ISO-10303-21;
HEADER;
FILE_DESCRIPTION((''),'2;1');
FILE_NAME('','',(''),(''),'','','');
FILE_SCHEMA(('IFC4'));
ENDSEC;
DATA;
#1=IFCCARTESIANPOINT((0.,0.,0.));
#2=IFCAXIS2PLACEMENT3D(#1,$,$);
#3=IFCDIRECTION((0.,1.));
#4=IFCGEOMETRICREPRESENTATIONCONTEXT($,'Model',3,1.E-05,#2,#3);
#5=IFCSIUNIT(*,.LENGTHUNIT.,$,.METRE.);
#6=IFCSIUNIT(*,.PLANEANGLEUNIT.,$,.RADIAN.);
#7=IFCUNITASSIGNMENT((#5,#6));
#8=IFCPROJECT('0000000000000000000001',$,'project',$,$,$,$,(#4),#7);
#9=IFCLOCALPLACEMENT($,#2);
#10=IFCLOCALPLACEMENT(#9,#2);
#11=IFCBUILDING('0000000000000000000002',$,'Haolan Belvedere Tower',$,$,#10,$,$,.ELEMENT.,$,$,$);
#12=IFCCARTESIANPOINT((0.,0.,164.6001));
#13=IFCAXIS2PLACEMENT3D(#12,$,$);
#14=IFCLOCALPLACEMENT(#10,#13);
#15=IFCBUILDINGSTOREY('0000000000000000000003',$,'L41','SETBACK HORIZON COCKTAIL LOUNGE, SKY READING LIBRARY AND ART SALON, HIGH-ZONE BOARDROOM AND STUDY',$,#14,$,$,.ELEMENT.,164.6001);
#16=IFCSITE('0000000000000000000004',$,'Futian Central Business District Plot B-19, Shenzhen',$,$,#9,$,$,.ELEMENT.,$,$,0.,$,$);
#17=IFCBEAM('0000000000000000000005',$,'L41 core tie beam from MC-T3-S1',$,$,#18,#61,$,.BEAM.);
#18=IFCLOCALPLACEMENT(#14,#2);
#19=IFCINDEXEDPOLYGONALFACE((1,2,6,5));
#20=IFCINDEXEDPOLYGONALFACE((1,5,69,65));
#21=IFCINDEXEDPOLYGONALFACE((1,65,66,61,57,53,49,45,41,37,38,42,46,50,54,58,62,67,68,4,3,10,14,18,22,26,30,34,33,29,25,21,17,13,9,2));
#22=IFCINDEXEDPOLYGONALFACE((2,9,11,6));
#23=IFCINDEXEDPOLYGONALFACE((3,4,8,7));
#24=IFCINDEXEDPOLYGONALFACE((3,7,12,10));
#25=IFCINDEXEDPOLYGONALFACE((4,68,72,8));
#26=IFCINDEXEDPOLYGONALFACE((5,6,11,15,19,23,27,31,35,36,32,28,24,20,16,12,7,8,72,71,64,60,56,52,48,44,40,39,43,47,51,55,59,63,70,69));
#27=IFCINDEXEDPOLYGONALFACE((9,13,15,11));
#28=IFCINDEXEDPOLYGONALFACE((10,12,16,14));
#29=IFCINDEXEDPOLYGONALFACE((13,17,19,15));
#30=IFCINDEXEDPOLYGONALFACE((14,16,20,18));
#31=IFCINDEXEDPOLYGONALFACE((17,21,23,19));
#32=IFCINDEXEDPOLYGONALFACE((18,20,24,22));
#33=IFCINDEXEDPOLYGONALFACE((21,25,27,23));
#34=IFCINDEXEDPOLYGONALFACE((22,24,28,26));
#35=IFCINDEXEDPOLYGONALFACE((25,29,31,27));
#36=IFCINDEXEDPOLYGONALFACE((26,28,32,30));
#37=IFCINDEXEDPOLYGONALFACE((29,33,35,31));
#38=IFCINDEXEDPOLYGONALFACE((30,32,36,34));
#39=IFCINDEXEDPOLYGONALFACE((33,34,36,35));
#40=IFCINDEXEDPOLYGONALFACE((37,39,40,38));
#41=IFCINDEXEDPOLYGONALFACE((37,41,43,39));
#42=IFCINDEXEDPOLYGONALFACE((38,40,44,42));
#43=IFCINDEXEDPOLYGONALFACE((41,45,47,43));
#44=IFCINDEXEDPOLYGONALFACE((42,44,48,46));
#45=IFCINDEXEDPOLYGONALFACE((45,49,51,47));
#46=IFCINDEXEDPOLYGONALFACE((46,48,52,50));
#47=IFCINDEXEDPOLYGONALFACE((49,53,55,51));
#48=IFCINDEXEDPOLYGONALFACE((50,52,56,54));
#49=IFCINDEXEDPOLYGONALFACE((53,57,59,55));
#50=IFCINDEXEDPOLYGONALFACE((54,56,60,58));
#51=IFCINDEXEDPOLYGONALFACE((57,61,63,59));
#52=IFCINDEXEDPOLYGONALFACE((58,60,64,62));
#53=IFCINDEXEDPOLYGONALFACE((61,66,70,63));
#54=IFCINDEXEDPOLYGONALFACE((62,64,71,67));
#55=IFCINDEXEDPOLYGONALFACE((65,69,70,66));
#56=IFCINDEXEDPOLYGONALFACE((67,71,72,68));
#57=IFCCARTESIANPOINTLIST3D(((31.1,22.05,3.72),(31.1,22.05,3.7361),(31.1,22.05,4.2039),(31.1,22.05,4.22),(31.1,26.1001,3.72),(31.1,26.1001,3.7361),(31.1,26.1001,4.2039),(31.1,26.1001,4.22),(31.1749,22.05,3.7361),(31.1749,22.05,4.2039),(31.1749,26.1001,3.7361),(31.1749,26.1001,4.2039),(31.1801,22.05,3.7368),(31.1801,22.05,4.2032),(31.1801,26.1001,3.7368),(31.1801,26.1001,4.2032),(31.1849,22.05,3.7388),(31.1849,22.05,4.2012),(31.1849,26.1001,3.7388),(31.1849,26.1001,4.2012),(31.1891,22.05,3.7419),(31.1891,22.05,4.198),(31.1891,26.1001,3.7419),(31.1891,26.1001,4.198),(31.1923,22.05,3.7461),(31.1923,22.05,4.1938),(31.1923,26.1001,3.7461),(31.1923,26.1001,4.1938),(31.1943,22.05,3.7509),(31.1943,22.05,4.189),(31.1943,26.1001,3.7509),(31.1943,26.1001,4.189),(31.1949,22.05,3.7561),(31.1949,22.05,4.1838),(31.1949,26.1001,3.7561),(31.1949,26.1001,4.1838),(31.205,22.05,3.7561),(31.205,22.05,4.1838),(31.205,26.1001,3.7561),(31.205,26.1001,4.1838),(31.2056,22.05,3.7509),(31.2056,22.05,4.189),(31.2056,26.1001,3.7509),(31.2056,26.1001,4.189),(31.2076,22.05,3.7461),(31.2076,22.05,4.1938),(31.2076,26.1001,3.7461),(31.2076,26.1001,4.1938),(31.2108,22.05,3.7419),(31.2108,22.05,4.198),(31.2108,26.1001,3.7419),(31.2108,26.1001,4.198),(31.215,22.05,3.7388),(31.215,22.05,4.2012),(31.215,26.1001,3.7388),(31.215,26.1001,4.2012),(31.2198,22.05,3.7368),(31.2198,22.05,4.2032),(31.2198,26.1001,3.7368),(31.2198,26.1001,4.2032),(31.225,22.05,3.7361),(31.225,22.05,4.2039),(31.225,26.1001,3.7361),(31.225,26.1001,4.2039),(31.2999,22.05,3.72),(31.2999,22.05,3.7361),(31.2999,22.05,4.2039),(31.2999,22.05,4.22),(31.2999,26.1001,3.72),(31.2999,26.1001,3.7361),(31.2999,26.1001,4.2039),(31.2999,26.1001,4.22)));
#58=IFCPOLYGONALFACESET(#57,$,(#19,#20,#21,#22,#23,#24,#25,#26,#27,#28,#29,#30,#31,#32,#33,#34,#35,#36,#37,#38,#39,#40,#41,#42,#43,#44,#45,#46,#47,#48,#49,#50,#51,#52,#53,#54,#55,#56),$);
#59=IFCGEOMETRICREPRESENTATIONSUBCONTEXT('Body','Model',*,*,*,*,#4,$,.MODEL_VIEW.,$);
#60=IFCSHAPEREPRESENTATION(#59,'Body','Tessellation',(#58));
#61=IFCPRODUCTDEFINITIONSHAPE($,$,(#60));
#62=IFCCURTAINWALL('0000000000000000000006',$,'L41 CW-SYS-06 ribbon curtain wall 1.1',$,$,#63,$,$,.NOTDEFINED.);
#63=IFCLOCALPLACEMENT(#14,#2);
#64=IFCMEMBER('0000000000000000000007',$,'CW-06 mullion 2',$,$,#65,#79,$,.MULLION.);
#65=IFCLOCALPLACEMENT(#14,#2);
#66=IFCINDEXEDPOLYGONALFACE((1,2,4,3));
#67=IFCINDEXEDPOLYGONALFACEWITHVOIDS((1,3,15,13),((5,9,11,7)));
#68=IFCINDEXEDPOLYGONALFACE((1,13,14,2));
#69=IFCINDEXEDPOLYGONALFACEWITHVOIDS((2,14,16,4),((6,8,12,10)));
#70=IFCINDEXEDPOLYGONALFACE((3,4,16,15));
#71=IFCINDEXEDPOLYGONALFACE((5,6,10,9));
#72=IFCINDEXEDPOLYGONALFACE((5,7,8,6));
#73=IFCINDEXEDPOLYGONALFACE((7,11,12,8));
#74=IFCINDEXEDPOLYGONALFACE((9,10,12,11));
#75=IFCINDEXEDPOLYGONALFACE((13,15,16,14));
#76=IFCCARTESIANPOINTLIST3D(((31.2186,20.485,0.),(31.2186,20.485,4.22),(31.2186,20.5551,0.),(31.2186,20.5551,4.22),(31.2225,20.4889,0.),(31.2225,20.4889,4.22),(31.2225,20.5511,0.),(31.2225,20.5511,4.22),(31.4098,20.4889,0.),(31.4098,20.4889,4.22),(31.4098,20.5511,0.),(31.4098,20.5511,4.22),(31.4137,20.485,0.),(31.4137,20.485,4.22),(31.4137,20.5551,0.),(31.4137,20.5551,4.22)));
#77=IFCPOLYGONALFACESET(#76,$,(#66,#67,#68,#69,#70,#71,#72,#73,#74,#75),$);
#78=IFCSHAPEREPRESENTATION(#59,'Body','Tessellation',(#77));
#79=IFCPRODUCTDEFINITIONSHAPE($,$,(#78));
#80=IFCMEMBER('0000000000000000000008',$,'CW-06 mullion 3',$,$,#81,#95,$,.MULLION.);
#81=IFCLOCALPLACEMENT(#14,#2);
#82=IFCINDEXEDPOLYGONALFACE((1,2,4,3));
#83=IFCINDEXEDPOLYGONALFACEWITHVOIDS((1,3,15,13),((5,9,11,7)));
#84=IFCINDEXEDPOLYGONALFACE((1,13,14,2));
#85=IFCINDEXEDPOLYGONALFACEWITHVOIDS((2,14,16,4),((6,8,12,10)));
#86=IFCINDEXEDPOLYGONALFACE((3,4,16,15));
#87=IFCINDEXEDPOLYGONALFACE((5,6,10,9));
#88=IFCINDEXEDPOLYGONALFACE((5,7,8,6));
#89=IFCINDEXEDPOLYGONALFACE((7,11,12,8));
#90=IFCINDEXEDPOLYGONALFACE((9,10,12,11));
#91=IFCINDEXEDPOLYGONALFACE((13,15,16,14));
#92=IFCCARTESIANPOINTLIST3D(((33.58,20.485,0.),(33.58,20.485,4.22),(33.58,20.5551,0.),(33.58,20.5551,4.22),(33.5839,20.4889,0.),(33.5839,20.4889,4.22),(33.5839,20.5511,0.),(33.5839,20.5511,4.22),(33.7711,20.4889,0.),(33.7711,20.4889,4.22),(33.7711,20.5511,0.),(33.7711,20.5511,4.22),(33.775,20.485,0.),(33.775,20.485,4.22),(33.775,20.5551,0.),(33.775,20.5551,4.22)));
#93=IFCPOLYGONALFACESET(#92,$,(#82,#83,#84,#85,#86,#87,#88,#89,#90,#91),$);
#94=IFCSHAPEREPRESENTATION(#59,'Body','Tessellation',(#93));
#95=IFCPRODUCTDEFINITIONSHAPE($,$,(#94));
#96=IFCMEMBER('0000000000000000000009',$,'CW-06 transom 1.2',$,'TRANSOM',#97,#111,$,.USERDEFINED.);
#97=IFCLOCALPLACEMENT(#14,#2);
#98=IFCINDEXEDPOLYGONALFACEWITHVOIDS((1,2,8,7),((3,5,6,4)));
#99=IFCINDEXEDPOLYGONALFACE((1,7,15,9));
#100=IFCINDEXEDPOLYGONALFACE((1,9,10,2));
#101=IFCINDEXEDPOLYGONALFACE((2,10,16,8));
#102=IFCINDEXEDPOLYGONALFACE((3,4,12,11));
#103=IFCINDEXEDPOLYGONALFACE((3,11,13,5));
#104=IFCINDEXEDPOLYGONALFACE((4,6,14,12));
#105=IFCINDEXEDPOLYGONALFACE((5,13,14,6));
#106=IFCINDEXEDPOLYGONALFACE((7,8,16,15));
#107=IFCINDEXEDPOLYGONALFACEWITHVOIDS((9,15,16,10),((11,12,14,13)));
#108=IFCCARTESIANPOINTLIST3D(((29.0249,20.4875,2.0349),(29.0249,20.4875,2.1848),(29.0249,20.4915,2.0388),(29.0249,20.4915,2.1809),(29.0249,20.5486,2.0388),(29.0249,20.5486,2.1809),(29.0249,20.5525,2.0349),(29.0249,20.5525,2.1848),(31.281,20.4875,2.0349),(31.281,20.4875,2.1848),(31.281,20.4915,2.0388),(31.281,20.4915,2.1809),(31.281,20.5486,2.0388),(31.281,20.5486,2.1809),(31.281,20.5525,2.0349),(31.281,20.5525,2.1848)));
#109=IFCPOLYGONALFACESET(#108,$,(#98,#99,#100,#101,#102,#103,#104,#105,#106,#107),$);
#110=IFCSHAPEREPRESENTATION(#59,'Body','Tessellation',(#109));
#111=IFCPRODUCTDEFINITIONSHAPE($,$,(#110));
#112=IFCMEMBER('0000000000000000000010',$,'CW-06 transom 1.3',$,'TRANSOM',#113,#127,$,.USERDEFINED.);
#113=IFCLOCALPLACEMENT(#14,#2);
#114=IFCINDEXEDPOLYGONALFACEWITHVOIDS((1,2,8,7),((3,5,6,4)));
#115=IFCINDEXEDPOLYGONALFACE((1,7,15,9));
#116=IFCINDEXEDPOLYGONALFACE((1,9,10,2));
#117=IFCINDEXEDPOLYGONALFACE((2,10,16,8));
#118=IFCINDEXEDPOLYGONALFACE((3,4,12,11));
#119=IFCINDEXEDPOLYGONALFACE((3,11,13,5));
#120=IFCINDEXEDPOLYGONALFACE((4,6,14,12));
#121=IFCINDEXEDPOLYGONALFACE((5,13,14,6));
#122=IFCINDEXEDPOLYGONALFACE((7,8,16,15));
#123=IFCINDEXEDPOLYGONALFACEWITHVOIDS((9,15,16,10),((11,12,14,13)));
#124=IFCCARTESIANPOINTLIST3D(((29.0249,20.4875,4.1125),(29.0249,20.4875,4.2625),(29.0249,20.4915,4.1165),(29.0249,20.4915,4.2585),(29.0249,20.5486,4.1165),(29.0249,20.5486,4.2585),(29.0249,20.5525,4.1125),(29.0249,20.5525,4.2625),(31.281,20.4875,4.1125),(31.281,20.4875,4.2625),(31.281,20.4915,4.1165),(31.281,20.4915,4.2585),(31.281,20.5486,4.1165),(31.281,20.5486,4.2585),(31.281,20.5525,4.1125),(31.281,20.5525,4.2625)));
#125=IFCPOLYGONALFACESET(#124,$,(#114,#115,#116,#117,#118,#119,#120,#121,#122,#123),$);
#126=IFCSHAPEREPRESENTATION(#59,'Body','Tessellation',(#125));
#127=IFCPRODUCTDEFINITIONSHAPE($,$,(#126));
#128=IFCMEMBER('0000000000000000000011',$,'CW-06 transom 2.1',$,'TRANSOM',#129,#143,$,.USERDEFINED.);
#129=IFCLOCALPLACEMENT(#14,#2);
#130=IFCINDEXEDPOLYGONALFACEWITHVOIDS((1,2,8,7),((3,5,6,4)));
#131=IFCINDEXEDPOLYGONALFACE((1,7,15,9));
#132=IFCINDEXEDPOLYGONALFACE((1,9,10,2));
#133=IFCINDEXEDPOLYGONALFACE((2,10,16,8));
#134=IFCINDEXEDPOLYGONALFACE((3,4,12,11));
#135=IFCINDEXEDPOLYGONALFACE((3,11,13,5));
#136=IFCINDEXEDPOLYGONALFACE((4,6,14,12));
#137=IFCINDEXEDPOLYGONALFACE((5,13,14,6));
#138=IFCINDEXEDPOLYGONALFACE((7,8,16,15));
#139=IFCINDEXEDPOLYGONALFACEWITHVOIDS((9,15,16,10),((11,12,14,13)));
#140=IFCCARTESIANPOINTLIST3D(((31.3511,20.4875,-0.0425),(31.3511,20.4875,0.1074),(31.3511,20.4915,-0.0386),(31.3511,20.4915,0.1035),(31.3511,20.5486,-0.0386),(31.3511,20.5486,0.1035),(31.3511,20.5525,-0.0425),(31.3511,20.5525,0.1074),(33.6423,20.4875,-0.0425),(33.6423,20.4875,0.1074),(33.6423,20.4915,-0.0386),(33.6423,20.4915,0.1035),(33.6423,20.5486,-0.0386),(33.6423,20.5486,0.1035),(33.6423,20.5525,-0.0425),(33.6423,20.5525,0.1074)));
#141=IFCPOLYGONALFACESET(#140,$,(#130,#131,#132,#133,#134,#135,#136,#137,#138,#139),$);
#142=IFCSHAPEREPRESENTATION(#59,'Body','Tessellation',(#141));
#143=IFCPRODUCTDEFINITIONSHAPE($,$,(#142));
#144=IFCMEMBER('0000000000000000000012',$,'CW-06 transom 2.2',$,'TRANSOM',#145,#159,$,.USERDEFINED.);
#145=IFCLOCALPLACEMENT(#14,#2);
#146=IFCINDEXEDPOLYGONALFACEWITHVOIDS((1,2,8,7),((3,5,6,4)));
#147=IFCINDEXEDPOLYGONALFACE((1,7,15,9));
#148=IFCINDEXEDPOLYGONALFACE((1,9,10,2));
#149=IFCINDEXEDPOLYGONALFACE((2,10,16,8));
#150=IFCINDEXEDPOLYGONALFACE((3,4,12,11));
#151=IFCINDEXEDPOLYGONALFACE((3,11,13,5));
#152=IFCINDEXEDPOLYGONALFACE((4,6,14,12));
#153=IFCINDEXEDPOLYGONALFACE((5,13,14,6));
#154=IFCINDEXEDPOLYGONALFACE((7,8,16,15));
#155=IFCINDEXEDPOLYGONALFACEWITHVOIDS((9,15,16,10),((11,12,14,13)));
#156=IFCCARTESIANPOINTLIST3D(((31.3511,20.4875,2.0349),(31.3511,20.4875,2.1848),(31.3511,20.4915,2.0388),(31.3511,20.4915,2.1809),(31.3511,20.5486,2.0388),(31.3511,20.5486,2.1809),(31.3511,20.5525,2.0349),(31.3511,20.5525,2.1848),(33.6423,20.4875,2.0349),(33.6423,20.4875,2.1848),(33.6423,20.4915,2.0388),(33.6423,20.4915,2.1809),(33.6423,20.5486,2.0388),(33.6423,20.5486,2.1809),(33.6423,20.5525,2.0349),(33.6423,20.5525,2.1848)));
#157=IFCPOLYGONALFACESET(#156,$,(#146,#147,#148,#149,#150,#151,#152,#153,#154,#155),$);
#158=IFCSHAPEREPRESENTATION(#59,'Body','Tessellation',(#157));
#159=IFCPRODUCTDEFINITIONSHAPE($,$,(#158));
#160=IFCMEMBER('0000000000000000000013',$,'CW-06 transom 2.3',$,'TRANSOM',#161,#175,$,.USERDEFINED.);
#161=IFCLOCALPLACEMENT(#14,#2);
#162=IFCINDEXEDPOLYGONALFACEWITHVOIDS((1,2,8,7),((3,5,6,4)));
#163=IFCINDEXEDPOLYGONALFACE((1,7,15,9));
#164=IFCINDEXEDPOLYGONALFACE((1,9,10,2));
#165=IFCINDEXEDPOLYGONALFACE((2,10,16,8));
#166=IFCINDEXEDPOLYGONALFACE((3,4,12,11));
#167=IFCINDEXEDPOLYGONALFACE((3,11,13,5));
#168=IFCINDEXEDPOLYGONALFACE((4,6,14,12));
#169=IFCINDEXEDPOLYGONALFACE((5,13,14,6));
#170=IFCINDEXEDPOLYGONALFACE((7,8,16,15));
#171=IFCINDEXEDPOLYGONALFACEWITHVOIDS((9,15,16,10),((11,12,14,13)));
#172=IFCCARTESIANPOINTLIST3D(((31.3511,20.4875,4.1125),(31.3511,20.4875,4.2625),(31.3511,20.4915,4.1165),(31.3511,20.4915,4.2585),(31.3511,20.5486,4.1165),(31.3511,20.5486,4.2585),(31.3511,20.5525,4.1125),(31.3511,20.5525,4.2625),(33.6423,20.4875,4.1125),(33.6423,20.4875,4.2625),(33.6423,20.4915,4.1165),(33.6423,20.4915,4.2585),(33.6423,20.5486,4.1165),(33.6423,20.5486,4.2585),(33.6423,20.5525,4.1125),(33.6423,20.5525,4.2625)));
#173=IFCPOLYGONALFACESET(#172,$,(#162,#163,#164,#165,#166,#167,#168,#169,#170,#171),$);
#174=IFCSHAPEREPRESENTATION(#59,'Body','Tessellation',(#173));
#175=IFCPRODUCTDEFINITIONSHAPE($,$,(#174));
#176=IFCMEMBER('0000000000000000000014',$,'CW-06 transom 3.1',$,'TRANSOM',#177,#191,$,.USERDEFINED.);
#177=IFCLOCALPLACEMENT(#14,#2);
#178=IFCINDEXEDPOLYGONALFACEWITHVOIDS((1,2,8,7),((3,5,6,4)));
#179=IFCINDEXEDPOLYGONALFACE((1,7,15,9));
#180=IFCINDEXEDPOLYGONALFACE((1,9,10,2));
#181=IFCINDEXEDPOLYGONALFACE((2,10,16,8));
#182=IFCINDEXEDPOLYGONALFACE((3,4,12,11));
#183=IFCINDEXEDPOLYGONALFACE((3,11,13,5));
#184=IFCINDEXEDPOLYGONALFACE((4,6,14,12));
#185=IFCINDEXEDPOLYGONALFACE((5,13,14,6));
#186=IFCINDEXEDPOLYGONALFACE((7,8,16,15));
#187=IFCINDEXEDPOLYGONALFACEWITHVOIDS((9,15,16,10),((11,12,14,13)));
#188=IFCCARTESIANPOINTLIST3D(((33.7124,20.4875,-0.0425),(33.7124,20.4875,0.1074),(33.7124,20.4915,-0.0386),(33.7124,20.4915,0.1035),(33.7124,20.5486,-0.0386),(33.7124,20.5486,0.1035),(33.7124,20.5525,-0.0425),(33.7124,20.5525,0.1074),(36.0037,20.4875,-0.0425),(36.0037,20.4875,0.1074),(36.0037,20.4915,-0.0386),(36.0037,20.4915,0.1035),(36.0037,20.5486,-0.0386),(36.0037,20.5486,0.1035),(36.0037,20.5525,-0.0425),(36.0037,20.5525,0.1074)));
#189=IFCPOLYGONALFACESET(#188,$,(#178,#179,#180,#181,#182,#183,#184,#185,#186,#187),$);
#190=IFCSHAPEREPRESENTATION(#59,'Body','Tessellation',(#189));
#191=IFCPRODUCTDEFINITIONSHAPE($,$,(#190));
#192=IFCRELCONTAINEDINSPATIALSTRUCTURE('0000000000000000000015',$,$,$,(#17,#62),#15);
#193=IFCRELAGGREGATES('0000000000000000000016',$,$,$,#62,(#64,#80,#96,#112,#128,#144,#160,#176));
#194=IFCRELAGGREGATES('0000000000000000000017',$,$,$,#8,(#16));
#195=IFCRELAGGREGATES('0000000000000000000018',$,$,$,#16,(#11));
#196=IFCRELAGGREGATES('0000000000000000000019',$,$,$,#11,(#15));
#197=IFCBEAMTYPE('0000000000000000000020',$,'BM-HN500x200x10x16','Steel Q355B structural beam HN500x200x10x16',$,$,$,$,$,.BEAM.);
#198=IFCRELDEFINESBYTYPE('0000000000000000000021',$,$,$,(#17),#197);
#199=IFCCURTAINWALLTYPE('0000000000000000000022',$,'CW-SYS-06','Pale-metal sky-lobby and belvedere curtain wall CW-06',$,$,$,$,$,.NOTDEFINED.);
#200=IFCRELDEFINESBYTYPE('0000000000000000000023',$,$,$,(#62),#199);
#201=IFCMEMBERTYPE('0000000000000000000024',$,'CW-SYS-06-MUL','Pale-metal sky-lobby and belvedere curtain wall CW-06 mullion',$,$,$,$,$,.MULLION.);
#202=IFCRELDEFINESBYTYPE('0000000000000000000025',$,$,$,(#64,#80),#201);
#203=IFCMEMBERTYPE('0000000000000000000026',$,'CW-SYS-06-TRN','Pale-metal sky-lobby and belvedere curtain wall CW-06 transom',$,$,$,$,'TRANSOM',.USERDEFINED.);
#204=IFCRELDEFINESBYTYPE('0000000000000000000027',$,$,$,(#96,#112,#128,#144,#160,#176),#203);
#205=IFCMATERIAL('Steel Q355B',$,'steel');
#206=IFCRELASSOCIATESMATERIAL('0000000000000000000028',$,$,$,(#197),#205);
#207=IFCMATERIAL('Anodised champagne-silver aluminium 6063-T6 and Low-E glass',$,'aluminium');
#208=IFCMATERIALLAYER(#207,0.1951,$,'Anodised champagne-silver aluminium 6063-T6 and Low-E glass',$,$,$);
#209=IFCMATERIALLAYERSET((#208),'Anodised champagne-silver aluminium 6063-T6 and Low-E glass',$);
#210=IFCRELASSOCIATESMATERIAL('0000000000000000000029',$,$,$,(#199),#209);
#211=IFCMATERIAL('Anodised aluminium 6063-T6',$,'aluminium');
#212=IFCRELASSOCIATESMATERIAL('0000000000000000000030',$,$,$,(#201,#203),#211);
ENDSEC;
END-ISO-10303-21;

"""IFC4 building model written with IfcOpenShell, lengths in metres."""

from ifc_helpers import new_model, si_unit, direction, frame, origin, origin_2d, place, context, subcontext, project, spatial, hollow_rectangle, i_section, extrude, material, layer, layer_set, material_profile, profile_set, type_object, element, aggregate, save


model = new_model("IFC4")

# Units and contexts
model_context = context("Model", 3, precision=1e-05, world=origin(), true_north=direction((0.0, 1.0)))
body_context = subcontext(model_context, "Body", "Model", "MODEL_VIEW")
ifc_project = project(units=[si_unit("LENGTHUNIT", "METRE"), si_unit("PLANEANGLEUNIT", "RADIAN")], contexts=[model_context])

# Site, building, storey
site_placement = place(None, origin())
site = spatial("IfcSite", under=ifc_project, at=site_placement, Name="Futian Central Business District Plot B-19, Shenzhen", CompositionType="ELEMENT", RefElevation=0.0)
building_placement = place(site_placement, origin())
building = spatial("IfcBuilding", under=site, at=building_placement, Name="Haolan Belvedere Tower", CompositionType="ELEMENT")
storey_placement = place(building_placement, frame((0.0, 0.0, 164.6001)))
storey = spatial("IfcBuildingStorey", under=building, at=storey_placement, Name="L41", Description="SETBACK HORIZON COCKTAIL LOUNGE, SKY READING LIBRARY AND ART SALON, HIGH-ZONE BOARDROOM AND STUDY", CompositionType="ELEMENT", Elevation=164.6001)

# Beam
ifc_material_1 = material(Name="Steel Q355B", Category="steel")
ifc_material_profile_1 = material_profile(ifc_material_1, i_section(OverallWidth=0.2, OverallDepth=0.5, WebThickness=0.01, FlangeThickness=0.0161, FilletRadius=0.02, at=origin_2d()), Name="Steel Q355B")
ifc_profile_set_1 = profile_set([ifc_material_profile_1], Name="Steel Q355B")
beam_type_1 = type_object("IfcBeamType", Name="BM-HN500x200x10x16", Description="Steel Q355B structural beam HN500x200x10x16", PredefinedType="BEAM", material=ifc_profile_set_1)
beam_1_placement = place(storey_placement, frame((31.2, 22.05, 3.97), z_axis=(0.0, 1.0, 0.0), x_axis=(-1.0, 0.0, 0.0)))
element("IfcBeam", 1, at=beam_1_placement, inside=storey, type_object=beam_type_1, Name="L41 core tie beam from MC-T3-S1", PredefinedType="BEAM", context=body_context, shape_type="SweptSolid", body=[
    extrude(i_section(OverallWidth=0.2, OverallDepth=0.5, WebThickness=0.01, FlangeThickness=0.0161, FilletRadius=0.02, at=origin_2d()), origin(), (0.0, 0.0, 1.0), 4.05),
])

# Curtain wall, members
ifc_material_2 = material(Name="Anodised champagne-silver aluminium 6063-T6 and Low-E glass", Category="aluminium")
ifc_layer_1 = layer(ifc_material_2, 0.1951, Name="Anodised champagne-silver aluminium 6063-T6 and Low-E glass")
ifc_layer_set_1 = layer_set([ifc_layer_1], Name="Anodised champagne-silver aluminium 6063-T6 and Low-E glass")
curtain_wall_type = type_object("IfcCurtainWallType", Name="CW-SYS-06", Description="Pale-metal sky-lobby and belvedere curtain wall CW-06", PredefinedType="NOTDEFINED", material=ifc_layer_set_1)
curtain_wall_placement = place(storey_placement, origin())
curtain_wall = element("IfcCurtainWall", 2, at=curtain_wall_placement, inside=storey, type_object=curtain_wall_type, Name="L41 CW-SYS-06 ribbon curtain wall 1.1", PredefinedType="NOTDEFINED")
ifc_material_3 = material(Name="Anodised aluminium 6063-T6", Category="aluminium")
ifc_material_profile_2 = material_profile(ifc_material_3, hollow_rectangle(XDim=0.0701, YDim=0.1951, WallThickness=0.0039, at=origin_2d()), Name="Anodised aluminium 6063-T6")
ifc_profile_set_2 = profile_set([ifc_material_profile_2], Name="Anodised aluminium 6063-T6")
member_type_1 = type_object("IfcMemberType", Name="CW-SYS-06-MUL", Description="Pale-metal sky-lobby and belvedere curtain wall CW-06 mullion", PredefinedType="MULLION", material=ifc_profile_set_2)
member_1_placement = place(storey_placement, frame((31.3162, 20.52, 0.0), z_axis=(0.0, 0.0, 1.0), x_axis=(0.0, 1.0, 0.0)))
member_1 = element("IfcMember", 3, at=member_1_placement, type_object=member_type_1, Name="CW-06 mullion 2", PredefinedType="MULLION", context=body_context, shape_type="SweptSolid", body=[
    extrude(hollow_rectangle(XDim=0.0701, YDim=0.1951, WallThickness=0.0039, at=origin_2d()), origin(), (0.0, 0.0, 1.0), 4.22),
])
member_2_placement = place(storey_placement, frame((33.6775, 20.52, 0.0), z_axis=(0.0, 0.0, 1.0), x_axis=(0.0, 1.0, 0.0)))
member_2 = element("IfcMember", 4, at=member_2_placement, type_object=member_type_1, Name="CW-06 mullion 3", PredefinedType="MULLION", context=body_context, shape_type="SweptSolid", body=[
    extrude(hollow_rectangle(XDim=0.0701, YDim=0.1951, WallThickness=0.0039, at=origin_2d()), origin(), (0.0, 0.0, 1.0), 4.22),
])
ifc_material_profile_3 = material_profile(ifc_material_3, hollow_rectangle(XDim=0.0649, YDim=0.1499, WallThickness=0.0039, at=origin_2d()), Name="Anodised aluminium 6063-T6")
ifc_profile_set_3 = profile_set([ifc_material_profile_3], Name="Anodised aluminium 6063-T6")
member_type_2 = type_object("IfcMemberType", Name="CW-SYS-06-TRN", Description="Pale-metal sky-lobby and belvedere curtain wall CW-06 transom", ElementType="TRANSOM", PredefinedType="USERDEFINED", material=ifc_profile_set_3)
member_3_placement = place(storey_placement, frame((29.0249, 20.52, 2.1099), z_axis=(1.0, 0.0, 0.0), x_axis=(0.0, 1.0, 0.0)))
member_3 = element("IfcMember", 5, at=member_3_placement, type_object=member_type_2, Name="CW-06 transom 1.2", ObjectType="TRANSOM", PredefinedType="USERDEFINED", context=body_context, shape_type="SweptSolid", body=[
    extrude(hollow_rectangle(XDim=0.0649, YDim=0.1499, WallThickness=0.0039, at=origin_2d()), origin(), (0.0, 0.0, 1.0), 2.2561),
])
member_4_placement = place(storey_placement, frame((29.0249, 20.52, 4.1875), z_axis=(1.0, 0.0, 0.0), x_axis=(0.0, 1.0, 0.0)))
member_4 = element("IfcMember", 6, at=member_4_placement, type_object=member_type_2, Name="CW-06 transom 1.3", ObjectType="TRANSOM", PredefinedType="USERDEFINED", context=body_context, shape_type="SweptSolid", body=[
    extrude(hollow_rectangle(XDim=0.0649, YDim=0.1499, WallThickness=0.0039, at=origin_2d()), origin(), (0.0, 0.0, 1.0), 2.2561),
])
member_5_placement = place(storey_placement, frame((31.3511, 20.52, 0.0325), z_axis=(1.0, 0.0, 0.0), x_axis=(0.0, 1.0, 0.0)))
member_5 = element("IfcMember", 7, at=member_5_placement, type_object=member_type_2, Name="CW-06 transom 2.1", ObjectType="TRANSOM", PredefinedType="USERDEFINED", context=body_context, shape_type="SweptSolid", body=[
    extrude(hollow_rectangle(XDim=0.0649, YDim=0.1499, WallThickness=0.0039, at=origin_2d()), origin(), (0.0, 0.0, 1.0), 2.2913),
])
member_6_placement = place(storey_placement, frame((31.3511, 20.52, 2.1099), z_axis=(1.0, 0.0, 0.0), x_axis=(0.0, 1.0, 0.0)))
member_6 = element("IfcMember", 8, at=member_6_placement, type_object=member_type_2, Name="CW-06 transom 2.2", ObjectType="TRANSOM", PredefinedType="USERDEFINED", context=body_context, shape_type="SweptSolid", body=[
    extrude(hollow_rectangle(XDim=0.0649, YDim=0.1499, WallThickness=0.0039, at=origin_2d()), origin(), (0.0, 0.0, 1.0), 2.2913),
])
member_7_placement = place(storey_placement, frame((31.3511, 20.52, 4.1875), z_axis=(1.0, 0.0, 0.0), x_axis=(0.0, 1.0, 0.0)))
member_7 = element("IfcMember", 9, at=member_7_placement, type_object=member_type_2, Name="CW-06 transom 2.3", ObjectType="TRANSOM", PredefinedType="USERDEFINED", context=body_context, shape_type="SweptSolid", body=[
    extrude(hollow_rectangle(XDim=0.0649, YDim=0.1499, WallThickness=0.0039, at=origin_2d()), origin(), (0.0, 0.0, 1.0), 2.2913),
])
member_8_placement = place(storey_placement, frame((33.7124, 20.52, 0.0325), z_axis=(1.0, 0.0, 0.0), x_axis=(0.0, 1.0, 0.0)))
member_8 = element("IfcMember", 10, at=member_8_placement, type_object=member_type_2, Name="CW-06 transom 3.1", ObjectType="TRANSOM", PredefinedType="USERDEFINED", context=body_context, shape_type="SweptSolid", body=[
    extrude(hollow_rectangle(XDim=0.0649, YDim=0.1499, WallThickness=0.0039, at=origin_2d()), origin(), (0.0, 0.0, 1.0), 2.2913),
])
aggregate(curtain_wall, [member_1, member_2, member_3, member_4, member_5, member_6, member_7, member_8])

save(model, "model.ifc")
